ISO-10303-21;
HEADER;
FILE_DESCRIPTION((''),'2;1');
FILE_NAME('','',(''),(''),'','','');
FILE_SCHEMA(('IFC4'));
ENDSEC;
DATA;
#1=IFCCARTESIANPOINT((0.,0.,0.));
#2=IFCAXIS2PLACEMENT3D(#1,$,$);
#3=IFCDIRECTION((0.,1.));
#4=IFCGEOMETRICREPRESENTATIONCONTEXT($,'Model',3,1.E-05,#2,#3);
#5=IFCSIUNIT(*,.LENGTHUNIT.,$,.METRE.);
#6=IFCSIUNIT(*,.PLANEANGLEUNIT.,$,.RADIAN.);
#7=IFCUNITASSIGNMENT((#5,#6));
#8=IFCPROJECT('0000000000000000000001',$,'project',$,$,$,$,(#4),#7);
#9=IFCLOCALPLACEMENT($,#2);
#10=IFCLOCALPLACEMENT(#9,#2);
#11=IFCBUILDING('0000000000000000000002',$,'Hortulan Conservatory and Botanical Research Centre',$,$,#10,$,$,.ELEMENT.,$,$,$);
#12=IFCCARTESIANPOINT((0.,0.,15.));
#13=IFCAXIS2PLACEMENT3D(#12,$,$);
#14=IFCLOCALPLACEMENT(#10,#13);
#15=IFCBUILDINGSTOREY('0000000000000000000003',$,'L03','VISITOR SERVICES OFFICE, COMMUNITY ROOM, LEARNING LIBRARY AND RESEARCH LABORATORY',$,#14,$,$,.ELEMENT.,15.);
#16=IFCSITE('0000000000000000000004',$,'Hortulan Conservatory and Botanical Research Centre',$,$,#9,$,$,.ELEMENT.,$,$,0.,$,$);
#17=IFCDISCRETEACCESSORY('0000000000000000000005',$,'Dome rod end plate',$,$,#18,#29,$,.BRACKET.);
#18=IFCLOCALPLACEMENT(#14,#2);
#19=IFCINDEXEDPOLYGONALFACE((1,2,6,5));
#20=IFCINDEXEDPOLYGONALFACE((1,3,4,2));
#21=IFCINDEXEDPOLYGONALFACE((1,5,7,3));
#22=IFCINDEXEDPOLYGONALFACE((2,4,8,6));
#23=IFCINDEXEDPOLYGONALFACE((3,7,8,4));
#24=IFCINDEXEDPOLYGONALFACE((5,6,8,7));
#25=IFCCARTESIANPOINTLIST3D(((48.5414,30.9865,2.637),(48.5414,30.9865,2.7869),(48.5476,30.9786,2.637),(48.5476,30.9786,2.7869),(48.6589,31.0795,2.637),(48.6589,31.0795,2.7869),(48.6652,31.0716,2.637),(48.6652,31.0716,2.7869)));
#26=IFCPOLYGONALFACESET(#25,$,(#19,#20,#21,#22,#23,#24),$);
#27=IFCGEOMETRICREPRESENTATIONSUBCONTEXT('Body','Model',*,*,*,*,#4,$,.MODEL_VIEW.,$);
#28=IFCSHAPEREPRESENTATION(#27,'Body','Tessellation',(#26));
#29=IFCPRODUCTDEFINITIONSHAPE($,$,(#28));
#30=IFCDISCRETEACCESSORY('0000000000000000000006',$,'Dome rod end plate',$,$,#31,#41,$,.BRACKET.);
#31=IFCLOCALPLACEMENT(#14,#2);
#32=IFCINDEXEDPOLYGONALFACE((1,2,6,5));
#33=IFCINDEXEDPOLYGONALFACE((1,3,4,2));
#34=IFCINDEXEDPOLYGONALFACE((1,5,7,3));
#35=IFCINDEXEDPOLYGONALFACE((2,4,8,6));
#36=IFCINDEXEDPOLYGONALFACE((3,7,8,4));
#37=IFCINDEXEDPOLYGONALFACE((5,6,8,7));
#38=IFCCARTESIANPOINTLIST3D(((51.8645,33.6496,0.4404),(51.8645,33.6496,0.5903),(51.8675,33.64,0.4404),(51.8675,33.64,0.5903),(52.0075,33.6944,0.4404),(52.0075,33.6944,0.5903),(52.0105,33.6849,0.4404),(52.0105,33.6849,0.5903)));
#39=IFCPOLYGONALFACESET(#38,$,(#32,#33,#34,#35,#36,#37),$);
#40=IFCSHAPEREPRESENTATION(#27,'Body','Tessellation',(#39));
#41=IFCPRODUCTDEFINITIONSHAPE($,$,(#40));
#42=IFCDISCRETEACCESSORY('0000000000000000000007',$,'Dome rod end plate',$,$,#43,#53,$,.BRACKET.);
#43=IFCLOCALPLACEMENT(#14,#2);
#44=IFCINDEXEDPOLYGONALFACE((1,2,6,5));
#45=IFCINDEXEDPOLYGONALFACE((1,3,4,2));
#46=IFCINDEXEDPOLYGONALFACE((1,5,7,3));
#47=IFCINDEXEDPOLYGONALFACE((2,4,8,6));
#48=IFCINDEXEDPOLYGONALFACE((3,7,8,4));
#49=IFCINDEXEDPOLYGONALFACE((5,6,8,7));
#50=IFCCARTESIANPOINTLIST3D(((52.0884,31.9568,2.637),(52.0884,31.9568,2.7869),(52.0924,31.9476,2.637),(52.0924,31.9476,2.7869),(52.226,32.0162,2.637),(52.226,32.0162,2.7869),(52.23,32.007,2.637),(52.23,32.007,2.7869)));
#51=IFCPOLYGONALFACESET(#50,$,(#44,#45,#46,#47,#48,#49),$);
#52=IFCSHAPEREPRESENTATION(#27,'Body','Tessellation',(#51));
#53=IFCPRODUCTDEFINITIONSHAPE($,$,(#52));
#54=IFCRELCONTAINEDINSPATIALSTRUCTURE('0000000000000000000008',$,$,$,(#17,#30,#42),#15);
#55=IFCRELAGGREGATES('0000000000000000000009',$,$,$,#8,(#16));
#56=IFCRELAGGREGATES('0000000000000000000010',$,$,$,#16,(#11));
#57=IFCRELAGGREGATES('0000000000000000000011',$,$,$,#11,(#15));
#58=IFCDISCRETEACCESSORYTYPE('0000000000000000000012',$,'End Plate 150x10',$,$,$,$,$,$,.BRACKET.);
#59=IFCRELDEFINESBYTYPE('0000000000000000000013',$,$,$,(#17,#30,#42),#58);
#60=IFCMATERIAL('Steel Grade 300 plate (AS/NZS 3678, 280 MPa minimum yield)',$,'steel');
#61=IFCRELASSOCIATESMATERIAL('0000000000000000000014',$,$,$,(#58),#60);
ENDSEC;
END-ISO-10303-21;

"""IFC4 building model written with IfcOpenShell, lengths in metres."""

from ifc_helpers import new_model, si_unit, direction, frame, origin, origin_2d, place, context, subcontext, project, spatial, rectangle, extrude, material, type_object, element, save


model = new_model("IFC4")

# Units and contexts
model_context = context("Model", 3, precision=1e-05, world=origin(), true_north=direction((0.0, 1.0)))
body_context = subcontext(model_context, "Body", "Model", "MODEL_VIEW")
ifc_project = project(units=[si_unit("LENGTHUNIT", "METRE"), si_unit("PLANEANGLEUNIT", "RADIAN")], contexts=[model_context])

# Site, building, storey
site_placement = place(None, origin())
site = spatial("IfcSite", under=ifc_project, at=site_placement, Name="Hortulan Conservatory and Botanical Research Centre", CompositionType="ELEMENT", RefElevation=0.0)
building_placement = place(site_placement, origin())
building = spatial("IfcBuilding", under=site, at=building_placement, Name="Hortulan Conservatory and Botanical Research Centre", CompositionType="ELEMENT")
storey_placement = place(building_placement, frame((0.0, 0.0, 15.0)))
storey = spatial("IfcBuildingStorey", under=building, at=storey_placement, Name="L03", Description="VISITOR SERVICES OFFICE, COMMUNITY ROOM, LEARNING LIBRARY AND RESEARCH LABORATORY", CompositionType="ELEMENT", Elevation=15.0)

# Discrete accessories
ifc_material_1 = material(Name="Steel Grade 300 plate (AS/NZS 3678, 280 MPa minimum yield)", Category="steel")
discrete_accessory_type = type_object("IfcDiscreteAccessoryType", Name="End Plate 150x10", PredefinedType="BRACKET", material=ifc_material_1)
for number, where, z_axis, x_axis, name in (
    (1, (48.6033, 31.0291, 2.637), (0.0, 0.0, 1.0), (0.784203, 0.620505, 0.0), "Dome rod end plate"),
    (2, (51.9375, 33.6672, 0.4404), (0.0, 0.0, 1.0), (0.954204, 0.299157, 0.0), "Dome rod end plate"),
    (3, (52.1592, 31.9819, 2.637), (0.0, 0.0, 1.0), (0.91808, 0.396395, 0.0), "Dome rod end plate"),
):
    element("IfcDiscreteAccessory", number, at=place(storey_placement, frame(where, z_axis=z_axis, x_axis=x_axis)), inside=storey, type_object=discrete_accessory_type, Name=name, PredefinedType="BRACKET", context=body_context, shape_type="SweptSolid", body=[
        extrude(rectangle(XDim=0.1499, YDim=0.01, at=origin_2d()), origin(), (0.0, 0.0, 1.0), 0.1499),
    ])

save(model, "model.ifc")
